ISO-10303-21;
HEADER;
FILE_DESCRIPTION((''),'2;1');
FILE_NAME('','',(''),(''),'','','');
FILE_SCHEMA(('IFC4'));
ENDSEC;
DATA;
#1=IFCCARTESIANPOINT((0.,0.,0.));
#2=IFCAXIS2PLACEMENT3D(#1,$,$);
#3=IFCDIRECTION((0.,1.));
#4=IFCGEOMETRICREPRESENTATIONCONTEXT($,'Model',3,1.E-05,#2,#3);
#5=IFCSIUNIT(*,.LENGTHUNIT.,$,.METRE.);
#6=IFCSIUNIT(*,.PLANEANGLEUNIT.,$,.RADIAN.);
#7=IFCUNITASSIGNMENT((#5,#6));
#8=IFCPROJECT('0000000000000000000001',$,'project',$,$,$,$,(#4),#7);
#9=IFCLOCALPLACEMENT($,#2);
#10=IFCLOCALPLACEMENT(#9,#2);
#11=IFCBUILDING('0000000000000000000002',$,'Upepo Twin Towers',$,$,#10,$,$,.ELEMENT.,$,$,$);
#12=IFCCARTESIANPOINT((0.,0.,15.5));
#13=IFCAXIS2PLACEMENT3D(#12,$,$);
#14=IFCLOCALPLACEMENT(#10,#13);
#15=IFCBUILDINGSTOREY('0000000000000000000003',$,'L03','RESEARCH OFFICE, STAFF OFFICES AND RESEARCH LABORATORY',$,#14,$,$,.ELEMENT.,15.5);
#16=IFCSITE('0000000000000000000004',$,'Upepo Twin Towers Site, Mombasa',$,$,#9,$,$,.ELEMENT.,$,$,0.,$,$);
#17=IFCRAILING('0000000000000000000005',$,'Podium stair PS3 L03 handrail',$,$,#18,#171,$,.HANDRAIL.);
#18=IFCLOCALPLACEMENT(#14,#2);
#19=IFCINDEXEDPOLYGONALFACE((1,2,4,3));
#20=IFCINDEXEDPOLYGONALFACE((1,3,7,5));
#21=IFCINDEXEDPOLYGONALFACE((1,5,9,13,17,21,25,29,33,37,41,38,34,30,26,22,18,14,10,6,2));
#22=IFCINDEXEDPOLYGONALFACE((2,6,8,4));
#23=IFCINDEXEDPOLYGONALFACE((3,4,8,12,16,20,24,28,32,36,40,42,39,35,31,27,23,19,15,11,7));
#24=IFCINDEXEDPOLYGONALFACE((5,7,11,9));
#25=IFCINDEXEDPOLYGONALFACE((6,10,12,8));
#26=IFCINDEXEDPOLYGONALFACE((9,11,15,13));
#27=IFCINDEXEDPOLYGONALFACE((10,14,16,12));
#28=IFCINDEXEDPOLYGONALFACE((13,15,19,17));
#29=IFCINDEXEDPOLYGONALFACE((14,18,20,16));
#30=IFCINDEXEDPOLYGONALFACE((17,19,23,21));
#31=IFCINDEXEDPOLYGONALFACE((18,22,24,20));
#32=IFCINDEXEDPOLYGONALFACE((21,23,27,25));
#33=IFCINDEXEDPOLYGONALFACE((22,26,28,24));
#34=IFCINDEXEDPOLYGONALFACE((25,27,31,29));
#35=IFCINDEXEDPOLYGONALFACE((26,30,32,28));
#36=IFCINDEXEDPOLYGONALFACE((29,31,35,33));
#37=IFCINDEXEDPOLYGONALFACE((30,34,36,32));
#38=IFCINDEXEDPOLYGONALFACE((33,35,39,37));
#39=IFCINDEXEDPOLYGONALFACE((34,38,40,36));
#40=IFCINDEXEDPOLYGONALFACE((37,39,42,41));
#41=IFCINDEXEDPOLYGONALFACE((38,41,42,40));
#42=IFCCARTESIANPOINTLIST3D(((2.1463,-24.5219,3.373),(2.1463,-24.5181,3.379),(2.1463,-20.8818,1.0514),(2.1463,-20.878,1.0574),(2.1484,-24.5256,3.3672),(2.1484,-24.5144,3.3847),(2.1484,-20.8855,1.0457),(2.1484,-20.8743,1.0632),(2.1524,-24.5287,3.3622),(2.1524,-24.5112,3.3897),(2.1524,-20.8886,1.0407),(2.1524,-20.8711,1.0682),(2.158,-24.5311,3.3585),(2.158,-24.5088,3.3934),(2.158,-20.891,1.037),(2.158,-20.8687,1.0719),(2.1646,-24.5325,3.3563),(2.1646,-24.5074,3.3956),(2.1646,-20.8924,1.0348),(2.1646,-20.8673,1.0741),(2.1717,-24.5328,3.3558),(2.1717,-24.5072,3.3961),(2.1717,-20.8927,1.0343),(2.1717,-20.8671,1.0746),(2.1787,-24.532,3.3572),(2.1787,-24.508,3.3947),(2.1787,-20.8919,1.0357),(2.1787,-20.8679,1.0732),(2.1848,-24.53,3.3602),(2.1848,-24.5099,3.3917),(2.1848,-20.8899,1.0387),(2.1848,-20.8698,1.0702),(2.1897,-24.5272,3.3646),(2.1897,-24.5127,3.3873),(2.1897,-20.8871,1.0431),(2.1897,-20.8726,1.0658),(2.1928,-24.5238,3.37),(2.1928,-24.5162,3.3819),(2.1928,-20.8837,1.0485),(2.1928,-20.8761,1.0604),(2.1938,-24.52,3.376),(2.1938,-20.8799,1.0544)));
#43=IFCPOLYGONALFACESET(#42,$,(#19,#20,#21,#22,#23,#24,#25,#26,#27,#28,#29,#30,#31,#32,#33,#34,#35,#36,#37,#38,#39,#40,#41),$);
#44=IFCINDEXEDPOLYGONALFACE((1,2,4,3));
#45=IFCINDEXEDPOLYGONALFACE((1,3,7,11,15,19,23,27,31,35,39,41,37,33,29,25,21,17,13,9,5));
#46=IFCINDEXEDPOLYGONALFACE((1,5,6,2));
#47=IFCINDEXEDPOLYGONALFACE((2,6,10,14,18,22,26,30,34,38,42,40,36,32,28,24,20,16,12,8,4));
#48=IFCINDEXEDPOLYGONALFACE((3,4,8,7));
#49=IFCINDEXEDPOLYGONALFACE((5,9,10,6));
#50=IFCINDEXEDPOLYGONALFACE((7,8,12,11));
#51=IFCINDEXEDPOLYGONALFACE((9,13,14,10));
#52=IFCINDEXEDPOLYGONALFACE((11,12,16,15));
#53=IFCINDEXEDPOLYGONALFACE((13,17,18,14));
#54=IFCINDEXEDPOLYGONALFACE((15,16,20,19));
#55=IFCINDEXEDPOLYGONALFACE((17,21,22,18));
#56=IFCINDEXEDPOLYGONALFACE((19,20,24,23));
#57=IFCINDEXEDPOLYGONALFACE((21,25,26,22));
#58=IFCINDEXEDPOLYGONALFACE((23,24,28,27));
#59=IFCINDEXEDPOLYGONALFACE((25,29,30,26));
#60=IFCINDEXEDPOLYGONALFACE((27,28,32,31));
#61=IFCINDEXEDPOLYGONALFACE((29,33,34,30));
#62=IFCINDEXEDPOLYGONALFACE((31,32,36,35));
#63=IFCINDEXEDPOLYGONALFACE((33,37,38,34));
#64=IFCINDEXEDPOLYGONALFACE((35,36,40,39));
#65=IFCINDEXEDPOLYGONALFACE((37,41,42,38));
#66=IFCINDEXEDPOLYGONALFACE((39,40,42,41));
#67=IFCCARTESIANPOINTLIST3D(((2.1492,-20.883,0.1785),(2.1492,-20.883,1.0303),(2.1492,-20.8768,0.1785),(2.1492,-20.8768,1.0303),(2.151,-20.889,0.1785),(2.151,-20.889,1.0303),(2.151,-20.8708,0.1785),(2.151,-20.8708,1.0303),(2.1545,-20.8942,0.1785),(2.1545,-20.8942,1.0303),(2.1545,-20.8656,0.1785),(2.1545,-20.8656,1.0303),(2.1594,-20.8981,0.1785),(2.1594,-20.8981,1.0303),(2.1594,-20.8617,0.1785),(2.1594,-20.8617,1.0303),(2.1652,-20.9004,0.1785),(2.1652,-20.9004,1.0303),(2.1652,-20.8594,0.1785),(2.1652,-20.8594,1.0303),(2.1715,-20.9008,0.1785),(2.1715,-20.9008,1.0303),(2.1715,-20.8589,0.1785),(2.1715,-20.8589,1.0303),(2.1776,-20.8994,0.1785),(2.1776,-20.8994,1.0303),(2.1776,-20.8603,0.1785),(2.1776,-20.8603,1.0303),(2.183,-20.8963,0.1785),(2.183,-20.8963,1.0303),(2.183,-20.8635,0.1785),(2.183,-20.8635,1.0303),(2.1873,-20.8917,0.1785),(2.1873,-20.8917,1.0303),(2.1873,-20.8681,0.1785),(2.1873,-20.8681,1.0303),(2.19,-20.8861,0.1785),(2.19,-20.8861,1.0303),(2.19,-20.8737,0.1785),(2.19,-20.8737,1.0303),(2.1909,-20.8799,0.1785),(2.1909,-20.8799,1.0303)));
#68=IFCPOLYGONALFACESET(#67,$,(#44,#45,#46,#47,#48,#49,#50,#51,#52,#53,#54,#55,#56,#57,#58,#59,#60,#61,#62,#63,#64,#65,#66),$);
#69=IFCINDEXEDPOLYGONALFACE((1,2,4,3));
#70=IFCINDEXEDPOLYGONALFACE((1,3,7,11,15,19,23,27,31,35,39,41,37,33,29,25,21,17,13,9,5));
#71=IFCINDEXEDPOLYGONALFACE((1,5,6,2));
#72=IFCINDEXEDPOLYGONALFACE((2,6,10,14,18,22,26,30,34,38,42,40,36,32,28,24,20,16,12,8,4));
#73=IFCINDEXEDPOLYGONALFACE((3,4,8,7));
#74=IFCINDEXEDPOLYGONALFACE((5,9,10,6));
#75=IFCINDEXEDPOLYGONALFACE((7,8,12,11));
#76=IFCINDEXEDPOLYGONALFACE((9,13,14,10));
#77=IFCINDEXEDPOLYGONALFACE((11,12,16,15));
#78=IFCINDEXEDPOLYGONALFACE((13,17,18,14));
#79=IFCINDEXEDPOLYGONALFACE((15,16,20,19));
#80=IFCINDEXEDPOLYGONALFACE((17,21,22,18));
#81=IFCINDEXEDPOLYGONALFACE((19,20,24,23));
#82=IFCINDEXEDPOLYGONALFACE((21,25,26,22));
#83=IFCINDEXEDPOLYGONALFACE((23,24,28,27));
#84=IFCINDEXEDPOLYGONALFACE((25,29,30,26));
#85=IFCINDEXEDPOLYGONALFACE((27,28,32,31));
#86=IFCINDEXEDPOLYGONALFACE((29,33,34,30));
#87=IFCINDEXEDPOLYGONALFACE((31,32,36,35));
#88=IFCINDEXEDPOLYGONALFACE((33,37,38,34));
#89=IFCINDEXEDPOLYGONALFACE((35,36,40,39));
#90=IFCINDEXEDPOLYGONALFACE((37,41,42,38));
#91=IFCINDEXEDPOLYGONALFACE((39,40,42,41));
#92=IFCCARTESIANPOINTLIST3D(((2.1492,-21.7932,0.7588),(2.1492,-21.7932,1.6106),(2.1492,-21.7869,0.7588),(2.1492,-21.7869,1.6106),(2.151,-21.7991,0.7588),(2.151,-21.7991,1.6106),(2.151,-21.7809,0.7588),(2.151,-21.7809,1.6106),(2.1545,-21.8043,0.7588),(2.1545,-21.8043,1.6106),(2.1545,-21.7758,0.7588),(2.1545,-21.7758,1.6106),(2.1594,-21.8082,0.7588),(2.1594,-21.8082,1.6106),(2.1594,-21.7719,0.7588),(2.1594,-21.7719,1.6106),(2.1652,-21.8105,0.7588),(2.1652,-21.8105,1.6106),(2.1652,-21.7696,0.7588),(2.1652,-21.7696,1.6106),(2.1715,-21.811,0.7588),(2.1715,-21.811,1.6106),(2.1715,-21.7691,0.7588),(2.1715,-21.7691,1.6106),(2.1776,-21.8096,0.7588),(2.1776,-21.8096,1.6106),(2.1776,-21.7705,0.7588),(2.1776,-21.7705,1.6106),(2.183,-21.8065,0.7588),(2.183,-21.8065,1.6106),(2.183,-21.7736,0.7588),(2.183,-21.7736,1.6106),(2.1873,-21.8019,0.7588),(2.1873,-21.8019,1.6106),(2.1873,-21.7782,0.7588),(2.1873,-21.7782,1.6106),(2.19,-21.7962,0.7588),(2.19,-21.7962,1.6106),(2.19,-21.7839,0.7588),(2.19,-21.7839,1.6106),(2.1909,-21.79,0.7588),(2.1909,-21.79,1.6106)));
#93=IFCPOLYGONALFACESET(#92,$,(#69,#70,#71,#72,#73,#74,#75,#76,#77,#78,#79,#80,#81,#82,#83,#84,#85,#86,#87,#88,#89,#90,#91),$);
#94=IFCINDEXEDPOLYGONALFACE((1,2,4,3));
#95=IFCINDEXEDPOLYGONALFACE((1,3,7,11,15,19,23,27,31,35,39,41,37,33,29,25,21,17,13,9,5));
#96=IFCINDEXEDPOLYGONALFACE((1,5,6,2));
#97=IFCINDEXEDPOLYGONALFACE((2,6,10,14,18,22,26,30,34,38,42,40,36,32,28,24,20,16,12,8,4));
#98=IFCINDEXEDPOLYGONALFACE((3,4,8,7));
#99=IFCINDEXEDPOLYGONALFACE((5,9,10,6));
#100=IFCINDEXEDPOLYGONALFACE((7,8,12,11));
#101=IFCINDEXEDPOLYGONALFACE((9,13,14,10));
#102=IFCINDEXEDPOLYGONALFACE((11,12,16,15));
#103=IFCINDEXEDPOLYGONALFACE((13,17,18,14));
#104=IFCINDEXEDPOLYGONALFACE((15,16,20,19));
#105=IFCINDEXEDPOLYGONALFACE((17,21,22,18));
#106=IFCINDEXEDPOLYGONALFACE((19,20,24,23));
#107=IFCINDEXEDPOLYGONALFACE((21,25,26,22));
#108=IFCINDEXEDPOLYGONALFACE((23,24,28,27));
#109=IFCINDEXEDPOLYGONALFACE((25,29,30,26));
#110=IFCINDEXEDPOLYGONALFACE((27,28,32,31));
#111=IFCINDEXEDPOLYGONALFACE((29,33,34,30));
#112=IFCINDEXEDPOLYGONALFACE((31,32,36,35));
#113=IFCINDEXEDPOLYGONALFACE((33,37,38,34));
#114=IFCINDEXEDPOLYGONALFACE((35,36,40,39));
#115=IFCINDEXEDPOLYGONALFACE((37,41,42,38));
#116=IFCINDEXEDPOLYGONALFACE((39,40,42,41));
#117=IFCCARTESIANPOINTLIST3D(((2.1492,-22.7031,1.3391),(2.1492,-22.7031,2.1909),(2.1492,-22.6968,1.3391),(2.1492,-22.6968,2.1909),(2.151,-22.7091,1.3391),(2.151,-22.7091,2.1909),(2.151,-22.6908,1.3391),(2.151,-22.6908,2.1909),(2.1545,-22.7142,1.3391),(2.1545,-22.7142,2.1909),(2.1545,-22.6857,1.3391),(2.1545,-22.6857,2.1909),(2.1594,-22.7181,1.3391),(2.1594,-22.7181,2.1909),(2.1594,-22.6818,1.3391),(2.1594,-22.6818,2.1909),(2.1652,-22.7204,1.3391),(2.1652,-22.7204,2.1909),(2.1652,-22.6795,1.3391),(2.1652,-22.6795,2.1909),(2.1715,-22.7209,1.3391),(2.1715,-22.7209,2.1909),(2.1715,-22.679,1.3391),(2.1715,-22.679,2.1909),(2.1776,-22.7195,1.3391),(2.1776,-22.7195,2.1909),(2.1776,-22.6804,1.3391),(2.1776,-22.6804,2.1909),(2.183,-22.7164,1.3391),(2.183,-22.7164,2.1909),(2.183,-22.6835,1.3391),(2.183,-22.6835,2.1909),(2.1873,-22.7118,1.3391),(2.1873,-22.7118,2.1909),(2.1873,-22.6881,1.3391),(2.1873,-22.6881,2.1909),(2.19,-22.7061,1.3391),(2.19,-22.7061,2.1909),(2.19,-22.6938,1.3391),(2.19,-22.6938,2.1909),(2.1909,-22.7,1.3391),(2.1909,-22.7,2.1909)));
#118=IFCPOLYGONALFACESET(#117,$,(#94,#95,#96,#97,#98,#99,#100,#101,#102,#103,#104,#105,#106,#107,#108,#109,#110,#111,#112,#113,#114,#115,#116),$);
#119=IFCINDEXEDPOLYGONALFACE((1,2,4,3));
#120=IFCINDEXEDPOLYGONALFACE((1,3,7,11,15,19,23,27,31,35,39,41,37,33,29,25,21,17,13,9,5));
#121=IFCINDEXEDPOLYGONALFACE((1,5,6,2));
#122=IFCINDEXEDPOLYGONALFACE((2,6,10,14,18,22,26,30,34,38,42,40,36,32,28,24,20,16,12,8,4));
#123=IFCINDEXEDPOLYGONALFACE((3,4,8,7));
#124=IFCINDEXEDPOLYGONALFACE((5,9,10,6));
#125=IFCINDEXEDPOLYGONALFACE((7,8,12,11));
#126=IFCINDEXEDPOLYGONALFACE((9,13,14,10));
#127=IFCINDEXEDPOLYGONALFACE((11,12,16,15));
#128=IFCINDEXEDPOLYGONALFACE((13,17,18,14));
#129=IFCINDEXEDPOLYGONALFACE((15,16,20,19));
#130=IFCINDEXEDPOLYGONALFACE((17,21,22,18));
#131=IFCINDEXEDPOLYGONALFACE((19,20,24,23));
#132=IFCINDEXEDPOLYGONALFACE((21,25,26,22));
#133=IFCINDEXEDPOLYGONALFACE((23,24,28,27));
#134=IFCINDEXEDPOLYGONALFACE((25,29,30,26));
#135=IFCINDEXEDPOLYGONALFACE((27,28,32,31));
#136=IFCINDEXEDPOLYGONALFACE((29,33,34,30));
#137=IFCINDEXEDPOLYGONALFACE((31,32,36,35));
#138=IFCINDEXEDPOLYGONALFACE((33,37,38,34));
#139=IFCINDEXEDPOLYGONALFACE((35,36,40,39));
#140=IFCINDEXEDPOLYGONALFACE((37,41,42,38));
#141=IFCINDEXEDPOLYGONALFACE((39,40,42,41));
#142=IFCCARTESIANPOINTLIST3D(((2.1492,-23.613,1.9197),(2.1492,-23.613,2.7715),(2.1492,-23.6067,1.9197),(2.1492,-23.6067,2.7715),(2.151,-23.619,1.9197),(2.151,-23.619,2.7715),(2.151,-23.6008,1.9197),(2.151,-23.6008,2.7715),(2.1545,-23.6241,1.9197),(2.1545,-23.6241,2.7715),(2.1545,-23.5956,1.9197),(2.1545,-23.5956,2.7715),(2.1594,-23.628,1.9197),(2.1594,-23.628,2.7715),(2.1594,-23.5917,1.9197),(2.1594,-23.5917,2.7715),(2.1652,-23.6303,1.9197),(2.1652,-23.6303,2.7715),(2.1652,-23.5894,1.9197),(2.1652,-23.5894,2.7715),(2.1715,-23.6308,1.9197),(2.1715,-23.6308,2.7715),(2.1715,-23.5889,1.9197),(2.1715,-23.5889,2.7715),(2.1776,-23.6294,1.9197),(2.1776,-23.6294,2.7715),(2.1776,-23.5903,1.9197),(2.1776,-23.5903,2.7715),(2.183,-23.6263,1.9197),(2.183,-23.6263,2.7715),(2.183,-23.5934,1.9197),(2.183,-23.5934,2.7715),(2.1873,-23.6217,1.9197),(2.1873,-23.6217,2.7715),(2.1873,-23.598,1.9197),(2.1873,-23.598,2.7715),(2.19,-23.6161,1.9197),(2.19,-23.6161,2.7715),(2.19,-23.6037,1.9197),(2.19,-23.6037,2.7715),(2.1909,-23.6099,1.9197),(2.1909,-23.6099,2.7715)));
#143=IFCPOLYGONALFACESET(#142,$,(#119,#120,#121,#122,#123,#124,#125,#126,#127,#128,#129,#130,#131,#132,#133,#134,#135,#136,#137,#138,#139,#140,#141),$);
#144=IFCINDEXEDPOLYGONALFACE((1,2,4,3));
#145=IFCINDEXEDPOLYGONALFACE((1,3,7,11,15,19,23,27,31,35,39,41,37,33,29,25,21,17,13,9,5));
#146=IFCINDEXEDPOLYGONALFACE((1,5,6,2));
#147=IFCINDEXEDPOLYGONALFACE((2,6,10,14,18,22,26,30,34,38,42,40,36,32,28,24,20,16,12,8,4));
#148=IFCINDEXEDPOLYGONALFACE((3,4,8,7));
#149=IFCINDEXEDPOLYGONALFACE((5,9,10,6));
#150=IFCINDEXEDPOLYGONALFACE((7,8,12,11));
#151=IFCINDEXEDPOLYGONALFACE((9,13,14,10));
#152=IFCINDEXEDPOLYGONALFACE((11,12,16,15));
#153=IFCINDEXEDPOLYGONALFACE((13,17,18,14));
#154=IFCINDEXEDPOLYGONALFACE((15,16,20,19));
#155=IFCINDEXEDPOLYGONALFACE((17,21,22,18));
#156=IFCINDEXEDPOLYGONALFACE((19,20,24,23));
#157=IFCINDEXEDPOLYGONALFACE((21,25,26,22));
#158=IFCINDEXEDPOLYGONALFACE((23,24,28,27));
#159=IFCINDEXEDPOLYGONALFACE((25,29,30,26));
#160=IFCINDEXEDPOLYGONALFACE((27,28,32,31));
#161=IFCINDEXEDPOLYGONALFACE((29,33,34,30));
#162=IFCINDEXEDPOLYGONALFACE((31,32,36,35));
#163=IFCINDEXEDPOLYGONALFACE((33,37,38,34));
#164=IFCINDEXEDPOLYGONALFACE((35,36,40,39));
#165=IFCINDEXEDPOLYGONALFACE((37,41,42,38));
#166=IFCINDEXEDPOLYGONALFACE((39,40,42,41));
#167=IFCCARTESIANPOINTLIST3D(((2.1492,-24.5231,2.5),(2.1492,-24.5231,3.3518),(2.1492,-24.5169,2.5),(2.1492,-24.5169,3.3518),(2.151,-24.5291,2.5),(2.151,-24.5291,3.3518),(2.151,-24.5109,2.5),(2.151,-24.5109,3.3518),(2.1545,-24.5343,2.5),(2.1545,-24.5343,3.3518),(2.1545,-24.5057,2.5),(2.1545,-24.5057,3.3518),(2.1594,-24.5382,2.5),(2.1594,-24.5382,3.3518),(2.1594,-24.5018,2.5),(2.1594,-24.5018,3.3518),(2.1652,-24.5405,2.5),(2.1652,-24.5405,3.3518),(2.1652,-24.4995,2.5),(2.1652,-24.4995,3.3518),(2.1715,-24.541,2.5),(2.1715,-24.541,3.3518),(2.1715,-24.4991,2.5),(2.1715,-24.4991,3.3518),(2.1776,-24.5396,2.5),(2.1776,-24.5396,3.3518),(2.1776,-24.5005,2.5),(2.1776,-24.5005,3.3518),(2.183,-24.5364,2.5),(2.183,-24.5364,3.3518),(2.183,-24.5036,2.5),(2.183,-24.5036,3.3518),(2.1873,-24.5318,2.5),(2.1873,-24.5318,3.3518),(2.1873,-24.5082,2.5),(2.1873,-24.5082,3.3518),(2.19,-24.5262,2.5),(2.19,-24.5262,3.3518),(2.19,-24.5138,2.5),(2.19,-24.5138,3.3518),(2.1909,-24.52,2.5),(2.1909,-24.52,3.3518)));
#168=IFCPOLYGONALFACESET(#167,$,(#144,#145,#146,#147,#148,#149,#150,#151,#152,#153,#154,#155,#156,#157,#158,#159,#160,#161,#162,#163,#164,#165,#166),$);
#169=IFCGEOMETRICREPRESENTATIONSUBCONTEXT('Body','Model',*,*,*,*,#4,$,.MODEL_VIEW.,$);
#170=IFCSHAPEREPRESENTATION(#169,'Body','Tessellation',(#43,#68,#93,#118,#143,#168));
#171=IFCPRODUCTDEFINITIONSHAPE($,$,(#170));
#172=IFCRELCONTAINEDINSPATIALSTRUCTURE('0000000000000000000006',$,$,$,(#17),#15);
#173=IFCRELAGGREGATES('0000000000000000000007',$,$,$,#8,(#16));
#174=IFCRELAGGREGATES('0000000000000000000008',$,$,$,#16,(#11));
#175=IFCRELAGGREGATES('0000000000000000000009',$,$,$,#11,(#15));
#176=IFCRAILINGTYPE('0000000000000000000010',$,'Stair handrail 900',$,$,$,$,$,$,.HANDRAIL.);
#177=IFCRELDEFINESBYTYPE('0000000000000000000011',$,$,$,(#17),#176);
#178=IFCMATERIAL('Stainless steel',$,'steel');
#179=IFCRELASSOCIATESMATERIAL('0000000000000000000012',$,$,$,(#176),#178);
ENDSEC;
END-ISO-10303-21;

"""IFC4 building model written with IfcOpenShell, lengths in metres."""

from ifc_helpers import new_model, si_unit, direction, frame, origin, origin_2d, place, context, subcontext, project, spatial, circle, extrude, material, type_object, element, save


model = new_model("IFC4")

# Units and contexts
model_context = context("Model", 3, precision=1e-05, world=origin(), true_north=direction((0.0, 1.0)))
body_context = subcontext(model_context, "Body", "Model", "MODEL_VIEW")
ifc_project = project(units=[si_unit("LENGTHUNIT", "METRE"), si_unit("PLANEANGLEUNIT", "RADIAN")], contexts=[model_context])

# Site, building, storey
site_placement = place(None, origin())
site = spatial("IfcSite", under=ifc_project, at=site_placement, Name="Upepo Twin Towers Site, Mombasa", CompositionType="ELEMENT", RefElevation=0.0)
building_placement = place(site_placement, origin())
building = spatial("IfcBuilding", under=site, at=building_placement, Name="Upepo Twin Towers", CompositionType="ELEMENT")
storey_placement = place(building_placement, frame((0.0, 0.0, 15.5)))
storey = spatial("IfcBuildingStorey", under=building, at=storey_placement, Name="L03", Description="RESEARCH OFFICE, STAFF OFFICES AND RESEARCH LABORATORY", CompositionType="ELEMENT", Elevation=15.5)

# Railing
ifc_material_1 = material(Name="Stainless steel", Category="steel")
railing_type = type_object("IfcRailingType", Name="Stair handrail 900", PredefinedType="HANDRAIL", material=ifc_material_1)
railing_1_placement = place(storey_placement, frame((2.1699, -20.8799, 0.1785)))
element("IfcRailing", 1, at=railing_1_placement, inside=storey, type_object=railing_type, Name="Podium stair PS3 L03 handrail", PredefinedType="HANDRAIL", context=body_context, shape_type="SweptSolid", body=[
    extrude(circle(Radius=0.0239, at=origin_2d()), frame((0.0, 0.0, 0.876), z_axis=(0.0, -0.843128, 0.537713), x_axis=(1.0, 0.0, 0.0)), (0.0, 0.0, 1.0), 4.3174),
    extrude(circle(Radius=0.021, at=origin_2d()), origin(), (0.0, 0.0, 1.0), 0.8518),
    extrude(circle(Radius=0.021, at=origin_2d()), frame((0.0, -0.9102, 0.5803)), (0.0, 0.0, 1.0), 0.8518),
    extrude(circle(Radius=0.021, at=origin_2d()), frame((0.0, -1.8201, 1.1606)), (0.0, 0.0, 1.0), 0.8518),
    extrude(circle(Radius=0.021, at=origin_2d()), frame((0.0, -2.73, 1.7412)), (0.0, 0.0, 1.0), 0.8518),
    extrude(circle(Radius=0.021, at=origin_2d()), frame((0.0, -3.6401, 2.3215)), (0.0, 0.0, 1.0), 0.8518),
])

save(model, "model.ifc")
